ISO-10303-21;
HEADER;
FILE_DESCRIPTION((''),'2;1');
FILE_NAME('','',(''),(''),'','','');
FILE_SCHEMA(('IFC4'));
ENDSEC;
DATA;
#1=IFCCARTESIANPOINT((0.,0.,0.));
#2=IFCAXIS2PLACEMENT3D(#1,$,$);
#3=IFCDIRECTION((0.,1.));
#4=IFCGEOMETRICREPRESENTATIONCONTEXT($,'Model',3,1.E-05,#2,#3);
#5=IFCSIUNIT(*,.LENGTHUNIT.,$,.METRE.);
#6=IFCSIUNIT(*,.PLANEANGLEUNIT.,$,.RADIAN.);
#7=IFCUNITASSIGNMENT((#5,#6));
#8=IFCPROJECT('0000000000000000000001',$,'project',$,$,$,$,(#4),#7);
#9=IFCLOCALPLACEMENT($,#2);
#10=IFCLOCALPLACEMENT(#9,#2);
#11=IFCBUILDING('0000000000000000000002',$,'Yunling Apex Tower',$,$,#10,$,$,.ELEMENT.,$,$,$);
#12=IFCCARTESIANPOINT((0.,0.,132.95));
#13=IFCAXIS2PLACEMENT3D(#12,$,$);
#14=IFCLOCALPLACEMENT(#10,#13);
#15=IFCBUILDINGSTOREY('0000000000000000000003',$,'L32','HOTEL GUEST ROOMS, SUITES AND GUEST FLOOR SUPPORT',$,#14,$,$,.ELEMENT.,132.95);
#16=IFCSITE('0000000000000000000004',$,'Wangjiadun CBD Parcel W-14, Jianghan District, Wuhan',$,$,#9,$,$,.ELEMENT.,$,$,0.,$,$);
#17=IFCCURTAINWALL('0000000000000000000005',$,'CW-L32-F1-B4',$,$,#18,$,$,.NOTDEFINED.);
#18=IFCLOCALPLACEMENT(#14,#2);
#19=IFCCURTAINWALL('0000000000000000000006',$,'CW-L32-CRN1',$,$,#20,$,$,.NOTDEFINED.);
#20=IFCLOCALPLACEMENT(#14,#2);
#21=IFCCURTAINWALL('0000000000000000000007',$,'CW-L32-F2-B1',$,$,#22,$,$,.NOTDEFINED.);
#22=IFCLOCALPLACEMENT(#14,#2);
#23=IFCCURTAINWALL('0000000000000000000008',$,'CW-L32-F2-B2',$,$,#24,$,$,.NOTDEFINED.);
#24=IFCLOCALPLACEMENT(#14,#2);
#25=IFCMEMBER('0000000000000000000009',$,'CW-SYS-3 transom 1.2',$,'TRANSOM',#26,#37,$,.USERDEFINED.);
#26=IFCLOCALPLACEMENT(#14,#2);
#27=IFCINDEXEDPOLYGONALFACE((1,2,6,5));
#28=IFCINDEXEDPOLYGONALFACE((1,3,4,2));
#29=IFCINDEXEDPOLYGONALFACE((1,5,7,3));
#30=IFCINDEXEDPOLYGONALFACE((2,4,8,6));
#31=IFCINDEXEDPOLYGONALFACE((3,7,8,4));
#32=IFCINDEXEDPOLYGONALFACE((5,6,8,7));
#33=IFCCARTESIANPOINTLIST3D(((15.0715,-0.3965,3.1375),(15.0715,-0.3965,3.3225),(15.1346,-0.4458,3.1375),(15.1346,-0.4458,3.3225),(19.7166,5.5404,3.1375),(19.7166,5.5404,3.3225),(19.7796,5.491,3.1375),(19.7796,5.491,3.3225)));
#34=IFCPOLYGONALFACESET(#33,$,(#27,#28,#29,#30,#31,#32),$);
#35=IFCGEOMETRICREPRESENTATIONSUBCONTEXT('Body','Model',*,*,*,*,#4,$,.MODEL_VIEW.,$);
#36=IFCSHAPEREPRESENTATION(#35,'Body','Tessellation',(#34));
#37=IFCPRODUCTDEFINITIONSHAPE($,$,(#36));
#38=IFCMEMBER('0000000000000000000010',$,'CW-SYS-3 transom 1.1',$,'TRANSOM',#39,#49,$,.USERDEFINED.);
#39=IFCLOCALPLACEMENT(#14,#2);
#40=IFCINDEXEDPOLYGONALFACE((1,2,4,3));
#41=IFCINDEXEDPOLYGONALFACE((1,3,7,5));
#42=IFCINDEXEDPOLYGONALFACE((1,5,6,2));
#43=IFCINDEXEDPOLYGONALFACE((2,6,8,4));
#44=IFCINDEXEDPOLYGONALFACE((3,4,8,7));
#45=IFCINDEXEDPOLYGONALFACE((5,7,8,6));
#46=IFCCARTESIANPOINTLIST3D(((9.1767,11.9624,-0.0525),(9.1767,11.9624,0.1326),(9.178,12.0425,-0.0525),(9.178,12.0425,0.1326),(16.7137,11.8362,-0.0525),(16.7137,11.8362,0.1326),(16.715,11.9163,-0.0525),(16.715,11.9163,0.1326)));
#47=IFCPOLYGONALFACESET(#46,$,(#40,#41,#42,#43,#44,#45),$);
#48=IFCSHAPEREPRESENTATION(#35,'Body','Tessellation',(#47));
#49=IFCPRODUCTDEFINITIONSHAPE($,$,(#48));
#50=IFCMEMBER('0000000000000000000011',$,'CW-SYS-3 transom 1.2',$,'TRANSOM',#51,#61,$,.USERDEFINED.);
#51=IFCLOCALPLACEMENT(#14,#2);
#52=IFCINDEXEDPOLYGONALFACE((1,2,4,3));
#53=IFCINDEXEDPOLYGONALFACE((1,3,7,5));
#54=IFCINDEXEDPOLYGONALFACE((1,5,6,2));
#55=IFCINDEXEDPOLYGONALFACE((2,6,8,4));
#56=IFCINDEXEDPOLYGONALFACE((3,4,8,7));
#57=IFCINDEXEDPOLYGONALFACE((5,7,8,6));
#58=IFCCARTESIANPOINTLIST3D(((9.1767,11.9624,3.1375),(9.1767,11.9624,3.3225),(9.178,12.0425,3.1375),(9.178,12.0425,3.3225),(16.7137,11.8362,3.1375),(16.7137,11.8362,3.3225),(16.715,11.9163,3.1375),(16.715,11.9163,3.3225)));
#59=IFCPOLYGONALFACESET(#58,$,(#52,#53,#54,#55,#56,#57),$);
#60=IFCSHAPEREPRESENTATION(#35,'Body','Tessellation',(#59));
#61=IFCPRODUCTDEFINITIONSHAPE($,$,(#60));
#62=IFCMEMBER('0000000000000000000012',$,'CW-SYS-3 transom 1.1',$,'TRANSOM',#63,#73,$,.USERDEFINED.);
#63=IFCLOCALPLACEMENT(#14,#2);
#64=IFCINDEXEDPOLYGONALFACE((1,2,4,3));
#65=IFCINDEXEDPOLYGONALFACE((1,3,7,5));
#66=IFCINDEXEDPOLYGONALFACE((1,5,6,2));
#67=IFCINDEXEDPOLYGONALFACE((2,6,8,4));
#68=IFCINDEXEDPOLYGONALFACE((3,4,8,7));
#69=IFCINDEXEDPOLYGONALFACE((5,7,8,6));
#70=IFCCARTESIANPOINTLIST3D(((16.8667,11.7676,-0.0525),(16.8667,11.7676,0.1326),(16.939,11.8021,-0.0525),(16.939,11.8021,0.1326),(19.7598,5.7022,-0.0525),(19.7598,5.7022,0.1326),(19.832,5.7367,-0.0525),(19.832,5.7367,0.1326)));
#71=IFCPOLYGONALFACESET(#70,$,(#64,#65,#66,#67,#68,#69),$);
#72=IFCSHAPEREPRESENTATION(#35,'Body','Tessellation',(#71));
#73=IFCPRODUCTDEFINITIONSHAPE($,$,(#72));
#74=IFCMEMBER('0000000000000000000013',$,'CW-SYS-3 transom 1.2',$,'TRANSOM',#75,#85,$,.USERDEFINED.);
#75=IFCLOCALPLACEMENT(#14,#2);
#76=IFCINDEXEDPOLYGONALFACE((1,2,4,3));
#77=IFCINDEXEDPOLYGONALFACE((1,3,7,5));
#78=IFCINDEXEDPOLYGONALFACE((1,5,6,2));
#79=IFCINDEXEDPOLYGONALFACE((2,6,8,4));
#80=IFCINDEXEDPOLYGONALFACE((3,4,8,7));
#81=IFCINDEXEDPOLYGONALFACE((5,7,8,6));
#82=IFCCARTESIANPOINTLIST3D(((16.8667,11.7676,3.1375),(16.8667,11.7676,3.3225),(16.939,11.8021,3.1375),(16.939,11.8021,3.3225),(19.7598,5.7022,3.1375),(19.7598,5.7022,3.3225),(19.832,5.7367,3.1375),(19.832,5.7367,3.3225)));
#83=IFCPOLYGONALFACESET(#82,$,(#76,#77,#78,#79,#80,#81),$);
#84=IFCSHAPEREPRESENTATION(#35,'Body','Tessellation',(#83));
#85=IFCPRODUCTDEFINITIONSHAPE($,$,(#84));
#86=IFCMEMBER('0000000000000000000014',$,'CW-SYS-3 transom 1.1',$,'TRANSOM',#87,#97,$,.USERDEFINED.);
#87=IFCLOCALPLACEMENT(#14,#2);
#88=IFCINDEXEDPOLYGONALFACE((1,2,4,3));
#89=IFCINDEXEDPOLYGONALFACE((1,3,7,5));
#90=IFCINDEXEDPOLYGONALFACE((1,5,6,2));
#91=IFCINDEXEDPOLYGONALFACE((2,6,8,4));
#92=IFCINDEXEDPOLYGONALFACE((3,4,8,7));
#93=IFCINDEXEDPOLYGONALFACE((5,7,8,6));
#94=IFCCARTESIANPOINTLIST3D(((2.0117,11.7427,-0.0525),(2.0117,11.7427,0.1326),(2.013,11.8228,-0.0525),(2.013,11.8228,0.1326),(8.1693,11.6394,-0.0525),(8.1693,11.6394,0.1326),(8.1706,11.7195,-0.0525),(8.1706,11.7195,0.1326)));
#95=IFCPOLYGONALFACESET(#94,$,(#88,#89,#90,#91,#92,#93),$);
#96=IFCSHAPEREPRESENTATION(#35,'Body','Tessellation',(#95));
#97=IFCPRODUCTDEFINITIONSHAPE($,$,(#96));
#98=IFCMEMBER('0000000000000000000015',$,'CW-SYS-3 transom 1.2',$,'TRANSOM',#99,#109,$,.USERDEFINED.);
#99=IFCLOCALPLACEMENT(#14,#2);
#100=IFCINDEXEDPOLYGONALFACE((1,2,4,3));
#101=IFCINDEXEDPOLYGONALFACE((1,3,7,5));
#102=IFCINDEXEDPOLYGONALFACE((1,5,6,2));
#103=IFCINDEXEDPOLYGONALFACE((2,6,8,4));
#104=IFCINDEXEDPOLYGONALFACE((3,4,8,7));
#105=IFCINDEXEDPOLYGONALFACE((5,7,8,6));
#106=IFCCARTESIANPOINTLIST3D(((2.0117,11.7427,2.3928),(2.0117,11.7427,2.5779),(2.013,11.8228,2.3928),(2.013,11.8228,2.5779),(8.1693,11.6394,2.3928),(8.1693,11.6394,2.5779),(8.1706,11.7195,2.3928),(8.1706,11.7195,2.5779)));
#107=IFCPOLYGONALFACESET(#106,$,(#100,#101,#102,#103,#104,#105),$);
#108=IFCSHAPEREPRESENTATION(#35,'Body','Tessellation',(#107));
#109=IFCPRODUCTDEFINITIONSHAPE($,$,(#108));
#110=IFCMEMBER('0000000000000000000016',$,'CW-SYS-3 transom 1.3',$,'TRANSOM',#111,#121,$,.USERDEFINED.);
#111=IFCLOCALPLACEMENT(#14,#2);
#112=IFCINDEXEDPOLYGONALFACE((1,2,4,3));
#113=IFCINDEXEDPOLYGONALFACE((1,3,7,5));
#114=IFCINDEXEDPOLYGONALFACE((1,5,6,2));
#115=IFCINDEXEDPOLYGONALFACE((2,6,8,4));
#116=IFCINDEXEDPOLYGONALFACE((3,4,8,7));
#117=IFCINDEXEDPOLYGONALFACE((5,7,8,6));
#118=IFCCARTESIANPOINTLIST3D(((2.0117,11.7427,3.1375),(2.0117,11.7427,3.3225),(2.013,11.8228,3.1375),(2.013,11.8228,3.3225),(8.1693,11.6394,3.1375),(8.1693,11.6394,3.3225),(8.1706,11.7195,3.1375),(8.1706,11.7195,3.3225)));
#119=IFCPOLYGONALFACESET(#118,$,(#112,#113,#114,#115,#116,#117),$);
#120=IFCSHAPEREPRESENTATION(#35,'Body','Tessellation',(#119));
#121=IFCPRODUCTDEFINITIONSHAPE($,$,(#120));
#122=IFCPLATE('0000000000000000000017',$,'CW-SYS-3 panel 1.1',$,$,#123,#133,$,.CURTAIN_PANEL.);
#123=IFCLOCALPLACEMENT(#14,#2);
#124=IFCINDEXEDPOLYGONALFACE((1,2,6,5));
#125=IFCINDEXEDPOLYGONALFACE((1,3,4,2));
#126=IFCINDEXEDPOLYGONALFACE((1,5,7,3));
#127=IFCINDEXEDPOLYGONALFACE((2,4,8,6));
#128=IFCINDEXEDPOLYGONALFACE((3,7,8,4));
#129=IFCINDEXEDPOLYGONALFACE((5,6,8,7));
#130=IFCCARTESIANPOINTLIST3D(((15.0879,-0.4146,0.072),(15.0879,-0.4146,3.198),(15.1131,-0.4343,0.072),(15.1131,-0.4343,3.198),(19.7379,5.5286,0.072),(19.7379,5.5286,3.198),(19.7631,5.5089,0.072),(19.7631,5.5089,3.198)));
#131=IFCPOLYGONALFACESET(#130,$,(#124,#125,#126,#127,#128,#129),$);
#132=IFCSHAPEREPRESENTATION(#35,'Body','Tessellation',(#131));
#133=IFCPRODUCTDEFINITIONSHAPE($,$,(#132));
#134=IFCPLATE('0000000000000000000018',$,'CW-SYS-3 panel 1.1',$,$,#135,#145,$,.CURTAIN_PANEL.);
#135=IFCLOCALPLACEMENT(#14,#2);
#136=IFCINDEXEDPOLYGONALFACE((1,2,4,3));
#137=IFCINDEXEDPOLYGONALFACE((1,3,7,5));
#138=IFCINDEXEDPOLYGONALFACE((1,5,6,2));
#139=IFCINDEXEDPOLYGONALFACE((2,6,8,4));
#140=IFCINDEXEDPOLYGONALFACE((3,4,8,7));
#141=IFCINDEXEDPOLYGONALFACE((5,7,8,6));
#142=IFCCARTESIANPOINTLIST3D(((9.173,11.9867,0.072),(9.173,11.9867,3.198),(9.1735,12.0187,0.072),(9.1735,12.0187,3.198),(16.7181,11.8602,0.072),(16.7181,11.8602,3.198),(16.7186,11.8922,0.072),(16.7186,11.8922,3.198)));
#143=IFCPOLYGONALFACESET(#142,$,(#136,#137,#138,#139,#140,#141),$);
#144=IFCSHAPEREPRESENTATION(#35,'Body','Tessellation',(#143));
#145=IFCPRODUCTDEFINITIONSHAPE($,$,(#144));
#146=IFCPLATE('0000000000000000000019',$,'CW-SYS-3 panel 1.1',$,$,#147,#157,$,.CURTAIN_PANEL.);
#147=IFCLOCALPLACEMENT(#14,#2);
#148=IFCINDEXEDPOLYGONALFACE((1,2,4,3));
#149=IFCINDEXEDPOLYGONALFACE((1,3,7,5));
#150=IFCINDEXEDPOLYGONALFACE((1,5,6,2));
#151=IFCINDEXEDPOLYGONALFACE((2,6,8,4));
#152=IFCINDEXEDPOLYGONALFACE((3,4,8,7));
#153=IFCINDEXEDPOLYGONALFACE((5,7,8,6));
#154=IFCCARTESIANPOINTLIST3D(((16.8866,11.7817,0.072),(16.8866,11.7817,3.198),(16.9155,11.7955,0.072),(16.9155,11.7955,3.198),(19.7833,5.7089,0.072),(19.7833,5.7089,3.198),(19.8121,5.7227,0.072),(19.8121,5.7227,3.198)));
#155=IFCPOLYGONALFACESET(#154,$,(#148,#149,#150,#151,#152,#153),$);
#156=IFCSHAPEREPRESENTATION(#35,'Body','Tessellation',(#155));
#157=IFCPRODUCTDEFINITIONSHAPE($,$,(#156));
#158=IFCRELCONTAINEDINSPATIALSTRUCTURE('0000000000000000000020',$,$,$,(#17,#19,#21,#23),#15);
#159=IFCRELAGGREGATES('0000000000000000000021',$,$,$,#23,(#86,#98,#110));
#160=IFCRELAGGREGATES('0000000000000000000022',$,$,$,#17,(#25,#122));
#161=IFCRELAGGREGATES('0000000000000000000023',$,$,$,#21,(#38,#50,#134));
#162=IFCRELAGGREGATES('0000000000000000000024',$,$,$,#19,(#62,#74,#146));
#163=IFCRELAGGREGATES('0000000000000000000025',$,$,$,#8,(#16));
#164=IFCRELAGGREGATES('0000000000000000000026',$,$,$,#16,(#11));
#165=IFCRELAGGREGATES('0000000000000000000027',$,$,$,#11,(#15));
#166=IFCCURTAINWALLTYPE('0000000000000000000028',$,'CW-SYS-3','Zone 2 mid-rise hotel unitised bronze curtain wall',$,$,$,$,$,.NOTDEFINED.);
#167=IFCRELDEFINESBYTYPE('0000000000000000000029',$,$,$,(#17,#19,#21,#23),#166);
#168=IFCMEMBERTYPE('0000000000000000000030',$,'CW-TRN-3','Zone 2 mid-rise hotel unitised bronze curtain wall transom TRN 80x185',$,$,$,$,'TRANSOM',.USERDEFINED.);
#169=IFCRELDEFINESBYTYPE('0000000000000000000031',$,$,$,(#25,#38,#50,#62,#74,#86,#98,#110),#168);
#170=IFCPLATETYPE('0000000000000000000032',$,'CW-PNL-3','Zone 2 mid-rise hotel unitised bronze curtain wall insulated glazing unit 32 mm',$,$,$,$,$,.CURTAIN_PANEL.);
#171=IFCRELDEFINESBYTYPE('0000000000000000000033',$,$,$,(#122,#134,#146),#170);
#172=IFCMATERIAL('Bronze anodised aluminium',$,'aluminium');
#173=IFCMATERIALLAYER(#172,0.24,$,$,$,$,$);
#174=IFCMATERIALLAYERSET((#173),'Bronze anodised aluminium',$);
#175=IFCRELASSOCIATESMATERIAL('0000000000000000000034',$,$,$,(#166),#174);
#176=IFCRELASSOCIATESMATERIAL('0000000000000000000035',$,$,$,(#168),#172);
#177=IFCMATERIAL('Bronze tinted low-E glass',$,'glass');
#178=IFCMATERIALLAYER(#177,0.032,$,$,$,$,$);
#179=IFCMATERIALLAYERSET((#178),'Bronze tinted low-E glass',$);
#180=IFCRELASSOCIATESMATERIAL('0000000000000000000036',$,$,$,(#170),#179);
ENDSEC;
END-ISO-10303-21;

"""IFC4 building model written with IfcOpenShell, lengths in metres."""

from ifc_helpers import new_model, si_unit, direction, frame, origin, origin_2d, place, context, subcontext, project, spatial, rectangle, extrude, source, transform, mapped, material, layer, layer_set, material_profile, profile_set, type_object, element, aggregate, save


model = new_model("IFC4")

# Units and contexts
model_context = context("Model", 3, precision=1e-05, world=origin(), true_north=direction((0.0, 1.0)))
body_context = subcontext(model_context, "Body", "Model", "MODEL_VIEW")
ifc_project = project(units=[si_unit("LENGTHUNIT", "METRE"), si_unit("PLANEANGLEUNIT", "RADIAN")], contexts=[model_context])

# Site, building, storey
site_placement = place(None, origin())
site = spatial("IfcSite", under=ifc_project, at=site_placement, Name="Wangjiadun CBD Parcel W-14, Jianghan District, Wuhan", CompositionType="ELEMENT", RefElevation=0.0)
building_placement = place(site_placement, origin())
building = spatial("IfcBuilding", under=site, at=building_placement, Name="Yunling Apex Tower", CompositionType="ELEMENT")
storey_placement = place(building_placement, frame((0.0, 0.0, 132.95)))
storey = spatial("IfcBuildingStorey", under=building, at=storey_placement, Name="L32", Description="HOTEL GUEST ROOMS, SUITES AND GUEST FLOOR SUPPORT", CompositionType="ELEMENT", Elevation=132.95)

# Curtain wall
ifc_material_1 = material(Name="Bronze anodised aluminium", Category="aluminium")
ifc_layer_1 = layer(ifc_material_1, 0.24)
ifc_layer_set_1 = layer_set([ifc_layer_1], Name="Bronze anodised aluminium")
curtain_wall_type = type_object("IfcCurtainWallType", Name="CW-SYS-3", Description="Zone 2 mid-rise hotel unitised bronze curtain wall", PredefinedType="NOTDEFINED", material=ifc_layer_set_1)
curtain_wall_1_placement = place(storey_placement, origin())
curtain_wall_1 = element("IfcCurtainWall", 1, at=curtain_wall_1_placement, inside=storey, type_object=curtain_wall_type, Name="CW-L32-F1-B4", PredefinedType="NOTDEFINED")

# Curtain walls
curtain_wall_2_placement = place(storey_placement, origin())
curtain_wall_2 = element("IfcCurtainWall", 2, at=curtain_wall_2_placement, inside=storey, type_object=curtain_wall_type, Name="CW-L32-CRN1", PredefinedType="NOTDEFINED")
curtain_wall_3_placement = place(storey_placement, origin())
curtain_wall_3 = element("IfcCurtainWall", 3, at=curtain_wall_3_placement, inside=storey, type_object=curtain_wall_type, Name="CW-L32-F2-B1", PredefinedType="NOTDEFINED")

# Curtain wall
curtain_wall_4_placement = place(storey_placement, origin())
curtain_wall_4 = element("IfcCurtainWall", 4, at=curtain_wall_4_placement, inside=storey, type_object=curtain_wall_type, Name="CW-L32-F2-B2", PredefinedType="NOTDEFINED")

# Members
ifc_material_profile_1 = material_profile(ifc_material_1, rectangle(XDim=0.0801, YDim=0.1851, at=origin_2d()))
ifc_profile_set_1 = profile_set([ifc_material_profile_1], Name="Bronze anodised aluminium")
member_type_1 = type_object("IfcMemberType", Name="CW-TRN-3", Description="Zone 2 mid-rise hotel unitised bronze curtain wall transom TRN 80x185", ElementType="TRANSOM", PredefinedType="USERDEFINED", material=ifc_profile_set_1)
shared_shape_1 = source(origin(), body_context, "Body", "SweptSolid", [
    extrude(rectangle(XDim=0.0801, YDim=0.1851, at=origin_2d()), origin(), (0.0, 0.0, 1.0), 7.5381),
])
member_1_placement = place(storey_placement, frame((15.103, -0.4211, 3.23), z_axis=(0.616214, 0.787579, 0.0), x_axis=(-0.787579, 0.616214, 0.0)))
member_1 = element("IfcMember", 5, at=member_1_placement, type_object=member_type_1, Name="CW-SYS-3 transom 1.2", ObjectType="TRANSOM", PredefinedType="USERDEFINED", context=body_context, shape_type="MappedRepresentation", body=[
    mapped(shared_shape_1, transform((0.0, 0.0, 0.0), scale=1.0)),
])
member_2_placement = place(storey_placement, frame((16.7144, 11.8762, 0.04), z_axis=(-0.99986, 0.016744, 0.0), x_axis=(-0.016744, -0.99986, 0.0)))
member_2 = element("IfcMember", 6, at=member_2_placement, type_object=member_type_1, Name="CW-SYS-3 transom 1.1", ObjectType="TRANSOM", PredefinedType="USERDEFINED", context=body_context, shape_type="MappedRepresentation", body=[
    mapped(shared_shape_1, transform((0.0, 0.0, 0.0), scale=1.0)),
])
member_3_placement = place(storey_placement, frame((16.7144, 11.8762, 3.23), z_axis=(-0.99986, 0.016744, 0.0), x_axis=(-0.016744, -0.99986, 0.0)))
member_3 = element("IfcMember", 7, at=member_3_placement, type_object=member_type_1, Name="CW-SYS-3 transom 1.2", ObjectType="TRANSOM", PredefinedType="USERDEFINED", context=body_context, shape_type="MappedRepresentation", body=[
    mapped(shared_shape_1, transform((0.0, 0.0, 0.0), scale=1.0)),
])
shared_shape_2 = source(origin(), body_context, "Body", "SweptSolid", [
    extrude(rectangle(XDim=0.0801, YDim=0.1851, at=origin_2d()), origin(), (0.0, 0.0, 1.0), 6.72),
])
member_4_placement = place(storey_placement, frame((19.7959, 5.7195, 0.04), z_axis=(-0.430512, 0.902585, 0.0), x_axis=(-0.902585, -0.430512, 0.0)))
member_4 = element("IfcMember", 8, at=member_4_placement, type_object=member_type_1, Name="CW-SYS-3 transom 1.1", ObjectType="TRANSOM", PredefinedType="USERDEFINED", context=body_context, shape_type="MappedRepresentation", body=[
    mapped(shared_shape_2, transform((0.0, 0.0, 0.0), scale=1.0)),
])
member_5_placement = place(storey_placement, frame((19.7959, 5.7195, 3.23), z_axis=(-0.430512, 0.902585, 0.0), x_axis=(-0.902585, -0.430512, 0.0)))
member_5 = element("IfcMember", 9, at=member_5_placement, type_object=member_type_1, Name="CW-SYS-3 transom 1.2", ObjectType="TRANSOM", PredefinedType="USERDEFINED", context=body_context, shape_type="MappedRepresentation", body=[
    mapped(shared_shape_2, transform((0.0, 0.0, 0.0), scale=1.0)),
])
shared_shape_3 = source(origin(), body_context, "Body", "SweptSolid", [
    extrude(rectangle(XDim=0.0801, YDim=0.1851, at=origin_2d()), origin(), (0.0, 0.0, 1.0), 6.1584),
])
member_6_placement = place(storey_placement, frame((8.1699, 11.6794, 0.04), z_axis=(-0.999859, 0.016769, 0.0), x_axis=(-0.016769, -0.999859, 0.0)))
member_6 = element("IfcMember", 10, at=member_6_placement, type_object=member_type_1, Name="CW-SYS-3 transom 1.1", ObjectType="TRANSOM", PredefinedType="USERDEFINED", context=body_context, shape_type="MappedRepresentation", body=[
    mapped(shared_shape_3, transform((0.0, 0.0, 0.0), scale=1.0)),
])
member_7_placement = place(storey_placement, frame((8.1699, 11.6794, 2.4854), z_axis=(-0.999859, 0.016769, 0.0), x_axis=(-0.016769, -0.999859, 0.0)))
member_7 = element("IfcMember", 11, at=member_7_placement, type_object=member_type_1, Name="CW-SYS-3 transom 1.2", ObjectType="TRANSOM", PredefinedType="USERDEFINED", context=body_context, shape_type="MappedRepresentation", body=[
    mapped(shared_shape_3, transform((0.0, 0.0, 0.0), scale=1.0)),
])
member_8_placement = place(storey_placement, frame((8.1699, 11.6794, 3.23), z_axis=(-0.999859, 0.016769, 0.0), x_axis=(-0.016769, -0.999859, 0.0)))
member_8 = element("IfcMember", 12, at=member_8_placement, type_object=member_type_1, Name="CW-SYS-3 transom 1.3", ObjectType="TRANSOM", PredefinedType="USERDEFINED", context=body_context, shape_type="MappedRepresentation", body=[
    mapped(shared_shape_3, transform((0.0, 0.0, 0.0), scale=1.0)),
])
aggregate(curtain_wall_4, [member_6, member_7, member_8])

# Plates
ifc_material_2 = material(Name="Bronze tinted low-E glass", Category="glass")
ifc_layer_2 = layer(ifc_material_2, 0.032)
ifc_layer_set_2 = layer_set([ifc_layer_2], Name="Bronze tinted low-E glass")
plate_type = type_object("IfcPlateType", Name="CW-PNL-3", Description="Zone 2 mid-rise hotel unitised bronze curtain wall insulated glazing unit 32 mm", PredefinedType="CURTAIN_PANEL", material=ifc_layer_set_2)
shared_shape_4 = source(origin(), body_context, "Body", "SweptSolid", [
    extrude(rectangle(XDim=7.5461, YDim=0.032, at=origin_2d()), origin(), (0.0, 0.0, 1.0), 3.126),
])
plate_1_placement = place(storey_placement, frame((17.4255, 2.5471, 0.072), z_axis=(0.0, 0.0, 1.0), x_axis=(0.616208, 0.787584, 0.0)))
plate_1 = element("IfcPlate", 13, at=plate_1_placement, type_object=plate_type, Name="CW-SYS-3 panel 1.1", PredefinedType="CURTAIN_PANEL", context=body_context, shape_type="MappedRepresentation", body=[
    mapped(shared_shape_4, transform((0.0, 0.0, 0.0), scale=1.0)),
])
aggregate(curtain_wall_1, [member_1, plate_1])
plate_2_placement = place(storey_placement, frame((12.9458, 11.9395, 0.072), z_axis=(0.0, 0.0, 1.0), x_axis=(-0.99986, 0.016762, 0.0)))
plate_2 = element("IfcPlate", 14, at=plate_2_placement, type_object=plate_type, Name="CW-SYS-3 panel 1.1", PredefinedType="CURTAIN_PANEL", context=body_context, shape_type="MappedRepresentation", body=[
    mapped(shared_shape_4, transform((0.0, 0.0, 0.0), scale=1.0)),
])
aggregate(curtain_wall_3, [member_2, member_3, plate_2])
shared_shape_5 = source(origin(), body_context, "Body", "SweptSolid", [
    extrude(rectangle(XDim=6.7283, YDim=0.032, at=origin_2d()), origin(), (0.0, 0.0, 1.0), 3.126),
])
plate_3_placement = place(storey_placement, frame((18.3494, 8.7522, 0.072), z_axis=(0.0, 0.0, 1.0), x_axis=(-0.430519, 0.902582, 0.0)))
plate_3 = element("IfcPlate", 15, at=plate_3_placement, type_object=plate_type, Name="CW-SYS-3 panel 1.1", PredefinedType="CURTAIN_PANEL", context=body_context, shape_type="MappedRepresentation", body=[
    mapped(shared_shape_5, transform((0.0, 0.0, 0.0), scale=1.0)),
])
aggregate(curtain_wall_2, [member_4, member_5, plate_3])

save(model, "model.ifc")
